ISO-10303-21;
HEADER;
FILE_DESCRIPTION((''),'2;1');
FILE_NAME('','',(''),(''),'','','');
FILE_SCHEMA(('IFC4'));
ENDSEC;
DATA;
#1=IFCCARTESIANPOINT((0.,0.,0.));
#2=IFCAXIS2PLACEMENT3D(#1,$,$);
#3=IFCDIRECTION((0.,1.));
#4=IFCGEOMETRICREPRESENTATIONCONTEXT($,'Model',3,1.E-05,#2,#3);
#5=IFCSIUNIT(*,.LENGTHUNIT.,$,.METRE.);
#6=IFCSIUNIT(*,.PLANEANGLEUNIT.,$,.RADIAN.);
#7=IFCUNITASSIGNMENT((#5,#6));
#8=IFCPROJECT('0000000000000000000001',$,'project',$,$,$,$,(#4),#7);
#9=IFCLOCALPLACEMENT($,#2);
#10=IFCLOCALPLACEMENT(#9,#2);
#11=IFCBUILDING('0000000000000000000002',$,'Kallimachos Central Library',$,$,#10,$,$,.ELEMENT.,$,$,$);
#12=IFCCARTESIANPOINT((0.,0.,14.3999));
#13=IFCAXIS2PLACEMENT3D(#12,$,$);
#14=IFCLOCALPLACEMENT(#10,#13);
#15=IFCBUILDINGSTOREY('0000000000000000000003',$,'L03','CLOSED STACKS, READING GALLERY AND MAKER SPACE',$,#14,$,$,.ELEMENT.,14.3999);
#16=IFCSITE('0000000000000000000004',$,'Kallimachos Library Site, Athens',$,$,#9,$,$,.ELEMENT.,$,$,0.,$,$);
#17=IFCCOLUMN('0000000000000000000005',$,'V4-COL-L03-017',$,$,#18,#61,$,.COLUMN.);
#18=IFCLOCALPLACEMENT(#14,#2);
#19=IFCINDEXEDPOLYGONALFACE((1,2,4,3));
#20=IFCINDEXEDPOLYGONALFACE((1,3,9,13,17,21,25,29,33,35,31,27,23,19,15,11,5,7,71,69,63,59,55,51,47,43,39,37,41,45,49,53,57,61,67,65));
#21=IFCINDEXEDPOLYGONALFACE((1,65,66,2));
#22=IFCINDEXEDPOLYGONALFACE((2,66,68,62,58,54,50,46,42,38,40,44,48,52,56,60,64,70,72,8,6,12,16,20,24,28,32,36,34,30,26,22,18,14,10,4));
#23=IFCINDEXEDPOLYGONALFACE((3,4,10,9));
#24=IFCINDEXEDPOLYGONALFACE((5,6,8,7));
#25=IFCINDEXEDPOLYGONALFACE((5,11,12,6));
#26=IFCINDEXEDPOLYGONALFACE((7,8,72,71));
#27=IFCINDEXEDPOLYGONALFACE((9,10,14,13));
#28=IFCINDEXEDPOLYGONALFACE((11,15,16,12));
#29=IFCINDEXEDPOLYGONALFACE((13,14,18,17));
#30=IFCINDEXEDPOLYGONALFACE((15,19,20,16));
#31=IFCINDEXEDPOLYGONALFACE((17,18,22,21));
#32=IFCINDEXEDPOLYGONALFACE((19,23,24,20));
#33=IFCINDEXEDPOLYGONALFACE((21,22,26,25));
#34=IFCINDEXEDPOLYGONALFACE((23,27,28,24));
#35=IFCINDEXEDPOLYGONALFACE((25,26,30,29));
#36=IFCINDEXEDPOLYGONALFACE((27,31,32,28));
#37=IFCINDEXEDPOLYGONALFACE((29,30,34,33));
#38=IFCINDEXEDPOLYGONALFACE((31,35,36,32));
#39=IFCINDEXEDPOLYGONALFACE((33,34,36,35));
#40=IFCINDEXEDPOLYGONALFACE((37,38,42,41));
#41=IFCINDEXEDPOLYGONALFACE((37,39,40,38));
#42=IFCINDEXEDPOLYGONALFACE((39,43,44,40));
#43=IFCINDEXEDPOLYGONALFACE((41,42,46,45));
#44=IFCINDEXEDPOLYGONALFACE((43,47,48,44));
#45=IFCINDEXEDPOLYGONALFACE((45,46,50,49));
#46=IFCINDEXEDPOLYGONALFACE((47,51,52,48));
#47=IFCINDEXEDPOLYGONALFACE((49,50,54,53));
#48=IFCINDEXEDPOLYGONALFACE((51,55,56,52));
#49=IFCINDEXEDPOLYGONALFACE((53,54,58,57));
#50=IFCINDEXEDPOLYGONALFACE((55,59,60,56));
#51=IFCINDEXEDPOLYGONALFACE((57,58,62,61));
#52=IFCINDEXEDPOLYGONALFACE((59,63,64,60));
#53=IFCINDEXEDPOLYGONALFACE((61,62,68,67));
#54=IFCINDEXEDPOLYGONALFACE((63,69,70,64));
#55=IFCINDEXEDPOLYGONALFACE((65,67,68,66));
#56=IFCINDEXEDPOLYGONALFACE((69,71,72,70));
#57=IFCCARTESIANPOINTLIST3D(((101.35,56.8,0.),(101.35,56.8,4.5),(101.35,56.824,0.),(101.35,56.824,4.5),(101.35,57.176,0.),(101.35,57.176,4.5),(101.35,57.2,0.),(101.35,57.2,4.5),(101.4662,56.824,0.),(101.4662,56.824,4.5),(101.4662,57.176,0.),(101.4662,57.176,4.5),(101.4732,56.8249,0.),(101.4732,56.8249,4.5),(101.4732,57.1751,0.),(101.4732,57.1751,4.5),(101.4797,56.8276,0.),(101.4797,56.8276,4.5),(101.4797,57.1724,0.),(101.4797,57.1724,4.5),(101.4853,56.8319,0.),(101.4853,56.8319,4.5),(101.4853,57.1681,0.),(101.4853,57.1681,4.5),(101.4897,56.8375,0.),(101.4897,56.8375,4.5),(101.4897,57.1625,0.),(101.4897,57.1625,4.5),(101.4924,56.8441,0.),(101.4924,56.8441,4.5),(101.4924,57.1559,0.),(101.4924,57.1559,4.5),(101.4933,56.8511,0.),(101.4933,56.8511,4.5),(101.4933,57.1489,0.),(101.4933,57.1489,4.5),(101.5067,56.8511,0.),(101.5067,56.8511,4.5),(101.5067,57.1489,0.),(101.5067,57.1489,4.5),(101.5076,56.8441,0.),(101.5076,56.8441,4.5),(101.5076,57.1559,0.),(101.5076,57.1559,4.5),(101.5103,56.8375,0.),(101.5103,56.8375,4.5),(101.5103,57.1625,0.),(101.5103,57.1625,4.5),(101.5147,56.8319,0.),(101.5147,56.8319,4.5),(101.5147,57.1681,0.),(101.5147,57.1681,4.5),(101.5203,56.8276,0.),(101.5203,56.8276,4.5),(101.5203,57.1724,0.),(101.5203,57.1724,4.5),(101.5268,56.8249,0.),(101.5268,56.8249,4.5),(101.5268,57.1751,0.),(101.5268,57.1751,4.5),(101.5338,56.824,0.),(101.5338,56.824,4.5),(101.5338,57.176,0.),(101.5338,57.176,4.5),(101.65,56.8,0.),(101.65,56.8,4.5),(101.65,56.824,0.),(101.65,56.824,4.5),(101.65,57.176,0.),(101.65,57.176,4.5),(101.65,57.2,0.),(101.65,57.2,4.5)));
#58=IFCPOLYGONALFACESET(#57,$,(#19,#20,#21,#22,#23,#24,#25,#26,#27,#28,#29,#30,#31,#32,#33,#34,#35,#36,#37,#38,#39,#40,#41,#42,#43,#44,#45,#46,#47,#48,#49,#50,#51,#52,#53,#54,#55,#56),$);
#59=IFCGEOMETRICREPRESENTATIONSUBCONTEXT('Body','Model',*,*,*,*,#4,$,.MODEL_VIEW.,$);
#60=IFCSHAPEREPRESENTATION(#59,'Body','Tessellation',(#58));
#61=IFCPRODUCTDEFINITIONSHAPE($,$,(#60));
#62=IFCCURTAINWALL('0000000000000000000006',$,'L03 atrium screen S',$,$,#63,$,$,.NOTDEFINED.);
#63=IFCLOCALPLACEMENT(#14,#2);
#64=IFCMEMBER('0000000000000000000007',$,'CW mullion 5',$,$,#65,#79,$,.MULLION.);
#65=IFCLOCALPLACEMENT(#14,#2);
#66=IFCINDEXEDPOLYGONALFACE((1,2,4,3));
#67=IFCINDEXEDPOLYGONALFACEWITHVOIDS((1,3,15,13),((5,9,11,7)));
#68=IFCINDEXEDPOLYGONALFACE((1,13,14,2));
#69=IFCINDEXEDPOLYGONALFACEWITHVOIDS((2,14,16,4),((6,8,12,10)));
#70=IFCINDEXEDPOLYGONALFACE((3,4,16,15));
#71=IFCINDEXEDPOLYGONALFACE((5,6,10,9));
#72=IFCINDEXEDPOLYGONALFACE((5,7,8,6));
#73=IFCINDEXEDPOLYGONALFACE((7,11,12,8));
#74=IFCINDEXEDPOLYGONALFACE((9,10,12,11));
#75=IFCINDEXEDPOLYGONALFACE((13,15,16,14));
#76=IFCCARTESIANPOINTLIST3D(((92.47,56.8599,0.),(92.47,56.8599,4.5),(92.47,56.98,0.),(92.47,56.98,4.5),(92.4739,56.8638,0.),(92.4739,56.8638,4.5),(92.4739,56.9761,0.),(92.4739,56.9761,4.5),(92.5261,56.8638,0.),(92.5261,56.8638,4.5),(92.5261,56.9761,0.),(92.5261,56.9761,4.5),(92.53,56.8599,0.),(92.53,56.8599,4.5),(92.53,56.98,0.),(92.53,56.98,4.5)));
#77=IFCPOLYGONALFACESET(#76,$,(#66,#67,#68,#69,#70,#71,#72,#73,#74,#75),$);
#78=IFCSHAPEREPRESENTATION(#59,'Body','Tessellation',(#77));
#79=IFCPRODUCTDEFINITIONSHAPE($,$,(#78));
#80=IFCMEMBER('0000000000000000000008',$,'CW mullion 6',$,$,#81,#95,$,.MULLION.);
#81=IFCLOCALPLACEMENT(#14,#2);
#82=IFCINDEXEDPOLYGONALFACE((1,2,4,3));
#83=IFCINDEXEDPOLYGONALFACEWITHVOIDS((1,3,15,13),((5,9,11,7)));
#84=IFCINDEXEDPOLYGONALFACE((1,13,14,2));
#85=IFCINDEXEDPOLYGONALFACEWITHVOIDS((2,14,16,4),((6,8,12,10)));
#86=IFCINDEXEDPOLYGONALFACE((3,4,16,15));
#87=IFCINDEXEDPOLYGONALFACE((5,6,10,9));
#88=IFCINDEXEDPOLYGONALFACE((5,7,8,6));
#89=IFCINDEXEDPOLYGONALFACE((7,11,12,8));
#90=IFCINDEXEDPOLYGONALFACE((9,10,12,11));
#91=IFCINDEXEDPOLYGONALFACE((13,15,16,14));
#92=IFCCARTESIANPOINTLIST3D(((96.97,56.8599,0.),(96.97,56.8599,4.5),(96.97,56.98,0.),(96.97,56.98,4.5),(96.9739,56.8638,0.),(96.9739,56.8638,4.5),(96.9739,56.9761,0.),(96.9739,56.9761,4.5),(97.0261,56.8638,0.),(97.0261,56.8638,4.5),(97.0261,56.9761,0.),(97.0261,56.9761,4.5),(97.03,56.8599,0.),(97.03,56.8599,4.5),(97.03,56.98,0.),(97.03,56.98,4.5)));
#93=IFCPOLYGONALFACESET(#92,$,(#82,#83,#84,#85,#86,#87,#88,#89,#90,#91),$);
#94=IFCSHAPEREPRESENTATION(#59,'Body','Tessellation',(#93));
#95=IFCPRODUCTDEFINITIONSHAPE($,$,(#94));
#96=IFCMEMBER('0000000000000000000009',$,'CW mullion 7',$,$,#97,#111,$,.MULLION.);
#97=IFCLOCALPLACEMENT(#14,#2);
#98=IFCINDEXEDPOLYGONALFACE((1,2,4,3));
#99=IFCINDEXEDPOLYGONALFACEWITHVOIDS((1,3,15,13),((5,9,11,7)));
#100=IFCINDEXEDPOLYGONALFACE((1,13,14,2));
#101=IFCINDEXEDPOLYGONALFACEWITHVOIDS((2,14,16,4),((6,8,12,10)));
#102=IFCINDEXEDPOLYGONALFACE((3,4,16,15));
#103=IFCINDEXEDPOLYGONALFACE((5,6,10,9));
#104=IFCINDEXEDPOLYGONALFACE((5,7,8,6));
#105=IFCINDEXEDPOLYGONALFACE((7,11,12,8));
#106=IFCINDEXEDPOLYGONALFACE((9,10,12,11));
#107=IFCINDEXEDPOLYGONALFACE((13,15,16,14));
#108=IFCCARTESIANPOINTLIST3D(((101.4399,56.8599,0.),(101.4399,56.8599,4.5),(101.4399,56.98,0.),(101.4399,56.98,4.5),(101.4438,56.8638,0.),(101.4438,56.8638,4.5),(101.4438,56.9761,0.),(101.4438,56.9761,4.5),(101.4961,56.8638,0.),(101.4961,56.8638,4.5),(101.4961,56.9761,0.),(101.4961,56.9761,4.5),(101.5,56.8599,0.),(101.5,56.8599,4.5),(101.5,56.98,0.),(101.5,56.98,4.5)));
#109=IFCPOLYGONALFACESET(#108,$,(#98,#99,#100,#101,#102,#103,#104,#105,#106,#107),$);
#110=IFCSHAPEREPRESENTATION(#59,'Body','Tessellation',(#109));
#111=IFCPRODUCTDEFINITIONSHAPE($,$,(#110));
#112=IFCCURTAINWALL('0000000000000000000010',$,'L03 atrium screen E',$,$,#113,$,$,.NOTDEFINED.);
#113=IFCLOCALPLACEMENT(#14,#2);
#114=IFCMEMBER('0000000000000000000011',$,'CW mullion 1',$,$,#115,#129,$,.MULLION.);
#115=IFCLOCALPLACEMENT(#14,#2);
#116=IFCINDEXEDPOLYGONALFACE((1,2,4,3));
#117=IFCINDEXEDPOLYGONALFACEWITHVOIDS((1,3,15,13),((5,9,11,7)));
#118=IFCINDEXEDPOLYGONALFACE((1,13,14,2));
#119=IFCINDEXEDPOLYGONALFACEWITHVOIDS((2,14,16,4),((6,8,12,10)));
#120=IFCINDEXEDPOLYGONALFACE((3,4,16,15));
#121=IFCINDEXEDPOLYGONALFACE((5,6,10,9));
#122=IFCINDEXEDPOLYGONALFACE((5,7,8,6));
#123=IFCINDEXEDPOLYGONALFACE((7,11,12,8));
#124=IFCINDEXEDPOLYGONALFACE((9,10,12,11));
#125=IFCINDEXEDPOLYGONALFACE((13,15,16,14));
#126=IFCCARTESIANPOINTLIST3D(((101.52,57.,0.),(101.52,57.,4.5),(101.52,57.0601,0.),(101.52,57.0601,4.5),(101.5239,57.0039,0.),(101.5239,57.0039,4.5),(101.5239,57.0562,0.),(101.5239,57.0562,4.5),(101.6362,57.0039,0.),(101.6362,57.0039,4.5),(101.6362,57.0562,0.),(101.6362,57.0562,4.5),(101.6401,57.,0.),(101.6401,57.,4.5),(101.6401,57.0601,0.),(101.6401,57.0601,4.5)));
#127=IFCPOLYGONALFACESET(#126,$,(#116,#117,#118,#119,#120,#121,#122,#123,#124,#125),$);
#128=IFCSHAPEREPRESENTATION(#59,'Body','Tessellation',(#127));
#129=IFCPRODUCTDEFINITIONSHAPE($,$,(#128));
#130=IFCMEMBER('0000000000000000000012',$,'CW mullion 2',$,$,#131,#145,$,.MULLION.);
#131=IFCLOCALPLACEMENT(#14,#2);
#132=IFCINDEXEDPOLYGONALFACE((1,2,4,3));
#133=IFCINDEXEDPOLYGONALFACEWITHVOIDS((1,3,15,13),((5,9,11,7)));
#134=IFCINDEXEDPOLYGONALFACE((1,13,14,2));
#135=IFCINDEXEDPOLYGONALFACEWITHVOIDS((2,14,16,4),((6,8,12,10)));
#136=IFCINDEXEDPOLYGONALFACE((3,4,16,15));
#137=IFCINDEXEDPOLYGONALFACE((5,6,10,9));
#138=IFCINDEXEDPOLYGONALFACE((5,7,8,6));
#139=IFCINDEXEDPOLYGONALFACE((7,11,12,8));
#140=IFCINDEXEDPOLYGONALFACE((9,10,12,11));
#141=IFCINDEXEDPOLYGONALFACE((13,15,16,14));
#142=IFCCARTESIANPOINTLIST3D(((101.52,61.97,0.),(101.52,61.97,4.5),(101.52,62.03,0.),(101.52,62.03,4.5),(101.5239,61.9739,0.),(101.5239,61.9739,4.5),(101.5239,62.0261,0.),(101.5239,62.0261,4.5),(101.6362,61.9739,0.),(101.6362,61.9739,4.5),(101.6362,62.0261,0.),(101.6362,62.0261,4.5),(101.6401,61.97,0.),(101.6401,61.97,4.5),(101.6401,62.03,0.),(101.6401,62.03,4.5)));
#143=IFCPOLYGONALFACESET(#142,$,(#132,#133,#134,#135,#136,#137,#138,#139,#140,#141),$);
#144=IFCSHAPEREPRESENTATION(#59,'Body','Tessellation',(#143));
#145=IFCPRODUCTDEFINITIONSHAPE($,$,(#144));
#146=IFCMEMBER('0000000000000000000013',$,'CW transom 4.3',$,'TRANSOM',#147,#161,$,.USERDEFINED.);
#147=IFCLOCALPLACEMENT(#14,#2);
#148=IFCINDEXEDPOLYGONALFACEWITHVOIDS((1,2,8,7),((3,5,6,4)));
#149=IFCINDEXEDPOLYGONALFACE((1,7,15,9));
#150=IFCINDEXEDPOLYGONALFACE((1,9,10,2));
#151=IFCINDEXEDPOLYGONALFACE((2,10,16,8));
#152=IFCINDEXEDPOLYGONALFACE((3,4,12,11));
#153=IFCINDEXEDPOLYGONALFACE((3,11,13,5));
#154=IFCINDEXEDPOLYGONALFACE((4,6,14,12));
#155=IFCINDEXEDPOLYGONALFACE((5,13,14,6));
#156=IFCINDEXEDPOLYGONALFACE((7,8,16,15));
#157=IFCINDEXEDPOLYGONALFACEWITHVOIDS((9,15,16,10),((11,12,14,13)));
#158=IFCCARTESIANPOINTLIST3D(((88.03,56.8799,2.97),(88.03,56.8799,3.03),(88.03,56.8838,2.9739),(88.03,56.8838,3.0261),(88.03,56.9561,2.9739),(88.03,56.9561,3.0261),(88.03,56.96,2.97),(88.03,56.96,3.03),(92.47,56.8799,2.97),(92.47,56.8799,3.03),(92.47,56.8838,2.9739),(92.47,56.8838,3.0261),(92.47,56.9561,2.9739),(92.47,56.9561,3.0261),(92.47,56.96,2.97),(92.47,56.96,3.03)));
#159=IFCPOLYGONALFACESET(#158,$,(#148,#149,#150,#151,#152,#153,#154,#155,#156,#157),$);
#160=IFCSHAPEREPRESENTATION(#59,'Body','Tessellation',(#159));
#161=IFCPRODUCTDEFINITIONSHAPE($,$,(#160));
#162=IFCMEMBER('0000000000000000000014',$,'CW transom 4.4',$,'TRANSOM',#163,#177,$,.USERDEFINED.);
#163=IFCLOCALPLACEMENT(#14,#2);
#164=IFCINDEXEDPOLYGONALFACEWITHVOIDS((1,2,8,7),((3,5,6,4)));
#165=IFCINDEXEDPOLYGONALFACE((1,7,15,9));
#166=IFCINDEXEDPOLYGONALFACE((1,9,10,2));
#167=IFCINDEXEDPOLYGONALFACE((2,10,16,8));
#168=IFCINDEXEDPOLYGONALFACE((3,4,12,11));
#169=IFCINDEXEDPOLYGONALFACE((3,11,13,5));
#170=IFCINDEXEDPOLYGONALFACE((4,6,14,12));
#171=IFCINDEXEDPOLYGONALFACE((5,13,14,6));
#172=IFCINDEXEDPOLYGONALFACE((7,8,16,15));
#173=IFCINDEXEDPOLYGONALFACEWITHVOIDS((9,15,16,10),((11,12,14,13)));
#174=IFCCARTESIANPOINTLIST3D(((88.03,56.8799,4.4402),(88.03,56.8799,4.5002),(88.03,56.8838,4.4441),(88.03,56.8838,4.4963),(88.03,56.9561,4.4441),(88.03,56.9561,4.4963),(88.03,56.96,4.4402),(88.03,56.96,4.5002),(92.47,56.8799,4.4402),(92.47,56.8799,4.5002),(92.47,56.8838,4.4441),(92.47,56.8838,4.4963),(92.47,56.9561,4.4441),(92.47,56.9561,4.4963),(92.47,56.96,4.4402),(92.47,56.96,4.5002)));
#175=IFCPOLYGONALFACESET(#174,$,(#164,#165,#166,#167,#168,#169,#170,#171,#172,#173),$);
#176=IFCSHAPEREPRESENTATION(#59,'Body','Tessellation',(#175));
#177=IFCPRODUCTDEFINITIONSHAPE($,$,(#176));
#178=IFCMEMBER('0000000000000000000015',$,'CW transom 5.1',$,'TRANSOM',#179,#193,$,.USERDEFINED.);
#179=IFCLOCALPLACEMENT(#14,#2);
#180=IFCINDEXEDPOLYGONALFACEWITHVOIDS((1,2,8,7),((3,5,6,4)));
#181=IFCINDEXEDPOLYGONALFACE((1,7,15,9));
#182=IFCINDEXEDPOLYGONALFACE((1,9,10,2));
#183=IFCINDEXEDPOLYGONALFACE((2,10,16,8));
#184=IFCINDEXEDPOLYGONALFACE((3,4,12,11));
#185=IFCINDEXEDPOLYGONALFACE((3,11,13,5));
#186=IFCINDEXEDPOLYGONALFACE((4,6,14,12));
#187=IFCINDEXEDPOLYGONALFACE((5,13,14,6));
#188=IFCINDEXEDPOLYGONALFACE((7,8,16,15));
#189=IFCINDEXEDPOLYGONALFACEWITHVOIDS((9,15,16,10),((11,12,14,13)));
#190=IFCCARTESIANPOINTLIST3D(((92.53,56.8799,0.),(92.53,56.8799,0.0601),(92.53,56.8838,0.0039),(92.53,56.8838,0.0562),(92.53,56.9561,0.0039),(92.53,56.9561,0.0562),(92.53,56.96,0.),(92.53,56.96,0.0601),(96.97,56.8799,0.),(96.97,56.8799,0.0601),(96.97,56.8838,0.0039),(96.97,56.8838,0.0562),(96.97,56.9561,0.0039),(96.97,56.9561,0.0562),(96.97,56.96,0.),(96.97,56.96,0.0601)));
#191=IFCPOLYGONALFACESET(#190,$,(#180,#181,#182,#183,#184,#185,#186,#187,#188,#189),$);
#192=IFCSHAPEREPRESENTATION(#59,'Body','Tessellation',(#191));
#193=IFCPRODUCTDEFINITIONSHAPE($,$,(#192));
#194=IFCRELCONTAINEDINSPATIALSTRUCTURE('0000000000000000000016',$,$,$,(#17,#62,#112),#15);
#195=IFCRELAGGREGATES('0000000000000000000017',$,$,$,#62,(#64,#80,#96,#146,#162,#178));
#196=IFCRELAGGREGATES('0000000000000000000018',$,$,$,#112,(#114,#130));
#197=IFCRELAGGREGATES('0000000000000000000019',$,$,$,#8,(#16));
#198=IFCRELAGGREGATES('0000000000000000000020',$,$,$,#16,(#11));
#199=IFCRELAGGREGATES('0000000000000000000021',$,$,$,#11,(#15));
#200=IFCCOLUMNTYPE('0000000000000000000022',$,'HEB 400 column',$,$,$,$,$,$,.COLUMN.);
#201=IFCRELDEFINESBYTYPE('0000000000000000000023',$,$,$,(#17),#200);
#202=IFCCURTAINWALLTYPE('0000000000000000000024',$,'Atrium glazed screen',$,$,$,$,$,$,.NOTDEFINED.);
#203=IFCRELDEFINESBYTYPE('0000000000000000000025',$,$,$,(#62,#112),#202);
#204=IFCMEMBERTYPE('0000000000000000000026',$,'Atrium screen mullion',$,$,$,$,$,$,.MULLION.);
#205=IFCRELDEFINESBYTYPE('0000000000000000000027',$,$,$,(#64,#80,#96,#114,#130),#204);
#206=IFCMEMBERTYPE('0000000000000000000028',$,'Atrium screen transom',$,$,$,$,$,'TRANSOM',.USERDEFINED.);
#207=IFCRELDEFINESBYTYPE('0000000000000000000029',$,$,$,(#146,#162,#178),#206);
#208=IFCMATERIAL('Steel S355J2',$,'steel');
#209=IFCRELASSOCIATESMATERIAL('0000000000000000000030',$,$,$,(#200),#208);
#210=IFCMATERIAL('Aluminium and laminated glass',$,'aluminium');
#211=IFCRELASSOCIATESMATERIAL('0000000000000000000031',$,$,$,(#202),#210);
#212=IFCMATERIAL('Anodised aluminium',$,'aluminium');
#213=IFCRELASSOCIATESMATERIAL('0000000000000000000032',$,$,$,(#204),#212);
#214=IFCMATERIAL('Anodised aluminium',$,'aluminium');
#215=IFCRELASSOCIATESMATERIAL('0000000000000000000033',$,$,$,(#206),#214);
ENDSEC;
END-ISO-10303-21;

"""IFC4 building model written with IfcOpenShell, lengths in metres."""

from ifc_helpers import new_model, si_unit, direction, frame, origin, origin_2d, place, context, subcontext, project, spatial, hollow_rectangle, i_section, extrude, material, material_profile, profile_set, type_object, element, aggregate, save


model = new_model("IFC4")

# Units and contexts
model_context = context("Model", 3, precision=1e-05, world=origin(), true_north=direction((0.0, 1.0)))
body_context = subcontext(model_context, "Body", "Model", "MODEL_VIEW")
ifc_project = project(units=[si_unit("LENGTHUNIT", "METRE"), si_unit("PLANEANGLEUNIT", "RADIAN")], contexts=[model_context])

# Site, building, storey
site_placement = place(None, origin())
site = spatial("IfcSite", under=ifc_project, at=site_placement, Name="Kallimachos Library Site, Athens", CompositionType="ELEMENT", RefElevation=0.0)
building_placement = place(site_placement, origin())
building = spatial("IfcBuilding", under=site, at=building_placement, Name="Kallimachos Central Library", CompositionType="ELEMENT")
storey_placement = place(building_placement, frame((0.0, 0.0, 14.3999)))
storey = spatial("IfcBuildingStorey", under=building, at=storey_placement, Name="L03", Description="CLOSED STACKS, READING GALLERY AND MAKER SPACE", CompositionType="ELEMENT", Elevation=14.3999)

# Column
ifc_material_1 = material(Name="Steel S355J2", Category="steel")
ifc_material_profile_1 = material_profile(ifc_material_1, i_section(OverallWidth=0.3, OverallDepth=0.3999, WebThickness=0.0134, FlangeThickness=0.0239, FilletRadius=0.0271, at=origin_2d()), Name="HEB 400")
ifc_profile_set_1 = profile_set([ifc_material_profile_1], Name="Steel S355J2")
column_type = type_object("IfcColumnType", Name="HEB 400 column", PredefinedType="COLUMN", material=ifc_profile_set_1)
column_placement = place(storey_placement, frame((101.5, 57.0, 0.0), z_axis=(0.0, 0.0, 1.0), x_axis=(1.0, 0.0, 0.0)))
element("IfcColumn", 1, at=column_placement, inside=storey, type_object=column_type, Name="V4-COL-L03-017", PredefinedType="COLUMN", context=body_context, shape_type="SweptSolid", body=[
    extrude(i_section(OverallWidth=0.3, OverallDepth=0.3999, WebThickness=0.0134, FlangeThickness=0.0239, FilletRadius=0.0271, at=origin_2d()), origin(), (0.0, 0.0, 1.0), 4.5),
])

# Curtain walls, members
ifc_material_2 = material(Name="Aluminium and laminated glass", Category="aluminium")
curtain_wall_type = type_object("IfcCurtainWallType", Name="Atrium glazed screen", PredefinedType="NOTDEFINED", material=ifc_material_2)
curtain_wall_1_placement = place(storey_placement, origin())
curtain_wall_1 = element("IfcCurtainWall", 2, at=curtain_wall_1_placement, inside=storey, type_object=curtain_wall_type, Name="L03 atrium screen S", PredefinedType="NOTDEFINED")
ifc_material_3 = material(Name="Anodised aluminium", Category="aluminium")
ifc_material_profile_2 = material_profile(ifc_material_3, hollow_rectangle(XDim=0.0601, YDim=0.1201, WallThickness=0.0039, at=origin_2d()), Name="ALU MULLION 60x120")
ifc_profile_set_2 = profile_set([ifc_material_profile_2], Name="Anodised aluminium")
member_type_1 = type_object("IfcMemberType", Name="Atrium screen mullion", PredefinedType="MULLION", material=ifc_profile_set_2)
member_1_placement = place(storey_placement, frame((92.5, 56.9199, 0.0), z_axis=(0.0, 0.0, 1.0), x_axis=(1.0, 0.0, 0.0)))
member_1 = element("IfcMember", 3, at=member_1_placement, type_object=member_type_1, Name="CW mullion 5", PredefinedType="MULLION", context=body_context, shape_type="SweptSolid", body=[
    extrude(hollow_rectangle(XDim=0.0601, YDim=0.1201, WallThickness=0.0039, at=origin_2d()), origin(), (0.0, 0.0, 1.0), 4.5),
])
member_2_placement = place(storey_placement, frame((97.0, 56.9199, 0.0), z_axis=(0.0, 0.0, 1.0), x_axis=(1.0, 0.0, 0.0)))
member_2 = element("IfcMember", 4, at=member_2_placement, type_object=member_type_1, Name="CW mullion 6", PredefinedType="MULLION", context=body_context, shape_type="SweptSolid", body=[
    extrude(hollow_rectangle(XDim=0.0601, YDim=0.1201, WallThickness=0.0039, at=origin_2d()), origin(), (0.0, 0.0, 1.0), 4.5),
])
member_3_placement = place(storey_placement, frame((101.47, 56.9199, 0.0), z_axis=(0.0, 0.0, 1.0), x_axis=(1.0, 0.0, 0.0)))
member_3 = element("IfcMember", 5, at=member_3_placement, type_object=member_type_1, Name="CW mullion 7", PredefinedType="MULLION", context=body_context, shape_type="SweptSolid", body=[
    extrude(hollow_rectangle(XDim=0.0601, YDim=0.1201, WallThickness=0.0039, at=origin_2d()), origin(), (0.0, 0.0, 1.0), 4.5),
])
curtain_wall_2_placement = place(storey_placement, origin())
curtain_wall_2 = element("IfcCurtainWall", 6, at=curtain_wall_2_placement, inside=storey, type_object=curtain_wall_type, Name="L03 atrium screen E", PredefinedType="NOTDEFINED")
member_4_placement = place(storey_placement, frame((101.5801, 57.03, 0.0), z_axis=(0.0, 0.0, 1.0), x_axis=(0.0, 1.0, 0.0)))
member_4 = element("IfcMember", 7, at=member_4_placement, type_object=member_type_1, Name="CW mullion 1", PredefinedType="MULLION", context=body_context, shape_type="SweptSolid", body=[
    extrude(hollow_rectangle(XDim=0.0601, YDim=0.1201, WallThickness=0.0039, at=origin_2d()), origin(), (0.0, 0.0, 1.0), 4.5),
])
member_5_placement = place(storey_placement, frame((101.5801, 62.0, 0.0), z_axis=(0.0, 0.0, 1.0), x_axis=(0.0, 1.0, 0.0)))
member_5 = element("IfcMember", 8, at=member_5_placement, type_object=member_type_1, Name="CW mullion 2", PredefinedType="MULLION", context=body_context, shape_type="SweptSolid", body=[
    extrude(hollow_rectangle(XDim=0.0601, YDim=0.1201, WallThickness=0.0039, at=origin_2d()), origin(), (0.0, 0.0, 1.0), 4.5),
])

# Members
ifc_material_4 = material(Name="Anodised aluminium", Category="aluminium")
ifc_material_profile_3 = material_profile(ifc_material_4, hollow_rectangle(XDim=0.0601, YDim=0.0801, WallThickness=0.0039, at=origin_2d()), Name="ALU TRANSOM 60x80")
ifc_profile_set_3 = profile_set([ifc_material_profile_3], Name="Anodised aluminium")
member_type_2 = type_object("IfcMemberType", Name="Atrium screen transom", ElementType="TRANSOM", PredefinedType="USERDEFINED", material=ifc_profile_set_3)
member_6_placement = place(storey_placement, frame((88.03, 56.9199, 3.0), z_axis=(1.0, 0.0, 0.0), x_axis=(0.0, 0.0, 1.0)))
member_6 = element("IfcMember", 9, at=member_6_placement, type_object=member_type_2, Name="CW transom 4.3", ObjectType="TRANSOM", PredefinedType="USERDEFINED", context=body_context, shape_type="SweptSolid", body=[
    extrude(hollow_rectangle(XDim=0.0601, YDim=0.0801, WallThickness=0.0039, at=origin_2d()), origin(), (0.0, 0.0, 1.0), 4.4399),
])
member_7_placement = place(storey_placement, frame((88.03, 56.9199, 4.4702), z_axis=(1.0, 0.0, 0.0), x_axis=(0.0, 0.0, 1.0)))
member_7 = element("IfcMember", 10, at=member_7_placement, type_object=member_type_2, Name="CW transom 4.4", ObjectType="TRANSOM", PredefinedType="USERDEFINED", context=body_context, shape_type="SweptSolid", body=[
    extrude(hollow_rectangle(XDim=0.0601, YDim=0.0801, WallThickness=0.0039, at=origin_2d()), origin(), (0.0, 0.0, 1.0), 4.4399),
])
member_8_placement = place(storey_placement, frame((92.53, 56.9199, 0.03), z_axis=(1.0, 0.0, 0.0), x_axis=(0.0, 0.0, 1.0)))
member_8 = element("IfcMember", 11, at=member_8_placement, type_object=member_type_2, Name="CW transom 5.1", ObjectType="TRANSOM", PredefinedType="USERDEFINED", context=body_context, shape_type="SweptSolid", body=[
    extrude(hollow_rectangle(XDim=0.0601, YDim=0.0801, WallThickness=0.0039, at=origin_2d()), origin(), (0.0, 0.0, 1.0), 4.4399),
])

aggregate(curtain_wall_1, [member_1, member_2, member_3, member_6, member_7, member_8])
aggregate(curtain_wall_2, [member_4, member_5])

save(model, "model.ifc")
